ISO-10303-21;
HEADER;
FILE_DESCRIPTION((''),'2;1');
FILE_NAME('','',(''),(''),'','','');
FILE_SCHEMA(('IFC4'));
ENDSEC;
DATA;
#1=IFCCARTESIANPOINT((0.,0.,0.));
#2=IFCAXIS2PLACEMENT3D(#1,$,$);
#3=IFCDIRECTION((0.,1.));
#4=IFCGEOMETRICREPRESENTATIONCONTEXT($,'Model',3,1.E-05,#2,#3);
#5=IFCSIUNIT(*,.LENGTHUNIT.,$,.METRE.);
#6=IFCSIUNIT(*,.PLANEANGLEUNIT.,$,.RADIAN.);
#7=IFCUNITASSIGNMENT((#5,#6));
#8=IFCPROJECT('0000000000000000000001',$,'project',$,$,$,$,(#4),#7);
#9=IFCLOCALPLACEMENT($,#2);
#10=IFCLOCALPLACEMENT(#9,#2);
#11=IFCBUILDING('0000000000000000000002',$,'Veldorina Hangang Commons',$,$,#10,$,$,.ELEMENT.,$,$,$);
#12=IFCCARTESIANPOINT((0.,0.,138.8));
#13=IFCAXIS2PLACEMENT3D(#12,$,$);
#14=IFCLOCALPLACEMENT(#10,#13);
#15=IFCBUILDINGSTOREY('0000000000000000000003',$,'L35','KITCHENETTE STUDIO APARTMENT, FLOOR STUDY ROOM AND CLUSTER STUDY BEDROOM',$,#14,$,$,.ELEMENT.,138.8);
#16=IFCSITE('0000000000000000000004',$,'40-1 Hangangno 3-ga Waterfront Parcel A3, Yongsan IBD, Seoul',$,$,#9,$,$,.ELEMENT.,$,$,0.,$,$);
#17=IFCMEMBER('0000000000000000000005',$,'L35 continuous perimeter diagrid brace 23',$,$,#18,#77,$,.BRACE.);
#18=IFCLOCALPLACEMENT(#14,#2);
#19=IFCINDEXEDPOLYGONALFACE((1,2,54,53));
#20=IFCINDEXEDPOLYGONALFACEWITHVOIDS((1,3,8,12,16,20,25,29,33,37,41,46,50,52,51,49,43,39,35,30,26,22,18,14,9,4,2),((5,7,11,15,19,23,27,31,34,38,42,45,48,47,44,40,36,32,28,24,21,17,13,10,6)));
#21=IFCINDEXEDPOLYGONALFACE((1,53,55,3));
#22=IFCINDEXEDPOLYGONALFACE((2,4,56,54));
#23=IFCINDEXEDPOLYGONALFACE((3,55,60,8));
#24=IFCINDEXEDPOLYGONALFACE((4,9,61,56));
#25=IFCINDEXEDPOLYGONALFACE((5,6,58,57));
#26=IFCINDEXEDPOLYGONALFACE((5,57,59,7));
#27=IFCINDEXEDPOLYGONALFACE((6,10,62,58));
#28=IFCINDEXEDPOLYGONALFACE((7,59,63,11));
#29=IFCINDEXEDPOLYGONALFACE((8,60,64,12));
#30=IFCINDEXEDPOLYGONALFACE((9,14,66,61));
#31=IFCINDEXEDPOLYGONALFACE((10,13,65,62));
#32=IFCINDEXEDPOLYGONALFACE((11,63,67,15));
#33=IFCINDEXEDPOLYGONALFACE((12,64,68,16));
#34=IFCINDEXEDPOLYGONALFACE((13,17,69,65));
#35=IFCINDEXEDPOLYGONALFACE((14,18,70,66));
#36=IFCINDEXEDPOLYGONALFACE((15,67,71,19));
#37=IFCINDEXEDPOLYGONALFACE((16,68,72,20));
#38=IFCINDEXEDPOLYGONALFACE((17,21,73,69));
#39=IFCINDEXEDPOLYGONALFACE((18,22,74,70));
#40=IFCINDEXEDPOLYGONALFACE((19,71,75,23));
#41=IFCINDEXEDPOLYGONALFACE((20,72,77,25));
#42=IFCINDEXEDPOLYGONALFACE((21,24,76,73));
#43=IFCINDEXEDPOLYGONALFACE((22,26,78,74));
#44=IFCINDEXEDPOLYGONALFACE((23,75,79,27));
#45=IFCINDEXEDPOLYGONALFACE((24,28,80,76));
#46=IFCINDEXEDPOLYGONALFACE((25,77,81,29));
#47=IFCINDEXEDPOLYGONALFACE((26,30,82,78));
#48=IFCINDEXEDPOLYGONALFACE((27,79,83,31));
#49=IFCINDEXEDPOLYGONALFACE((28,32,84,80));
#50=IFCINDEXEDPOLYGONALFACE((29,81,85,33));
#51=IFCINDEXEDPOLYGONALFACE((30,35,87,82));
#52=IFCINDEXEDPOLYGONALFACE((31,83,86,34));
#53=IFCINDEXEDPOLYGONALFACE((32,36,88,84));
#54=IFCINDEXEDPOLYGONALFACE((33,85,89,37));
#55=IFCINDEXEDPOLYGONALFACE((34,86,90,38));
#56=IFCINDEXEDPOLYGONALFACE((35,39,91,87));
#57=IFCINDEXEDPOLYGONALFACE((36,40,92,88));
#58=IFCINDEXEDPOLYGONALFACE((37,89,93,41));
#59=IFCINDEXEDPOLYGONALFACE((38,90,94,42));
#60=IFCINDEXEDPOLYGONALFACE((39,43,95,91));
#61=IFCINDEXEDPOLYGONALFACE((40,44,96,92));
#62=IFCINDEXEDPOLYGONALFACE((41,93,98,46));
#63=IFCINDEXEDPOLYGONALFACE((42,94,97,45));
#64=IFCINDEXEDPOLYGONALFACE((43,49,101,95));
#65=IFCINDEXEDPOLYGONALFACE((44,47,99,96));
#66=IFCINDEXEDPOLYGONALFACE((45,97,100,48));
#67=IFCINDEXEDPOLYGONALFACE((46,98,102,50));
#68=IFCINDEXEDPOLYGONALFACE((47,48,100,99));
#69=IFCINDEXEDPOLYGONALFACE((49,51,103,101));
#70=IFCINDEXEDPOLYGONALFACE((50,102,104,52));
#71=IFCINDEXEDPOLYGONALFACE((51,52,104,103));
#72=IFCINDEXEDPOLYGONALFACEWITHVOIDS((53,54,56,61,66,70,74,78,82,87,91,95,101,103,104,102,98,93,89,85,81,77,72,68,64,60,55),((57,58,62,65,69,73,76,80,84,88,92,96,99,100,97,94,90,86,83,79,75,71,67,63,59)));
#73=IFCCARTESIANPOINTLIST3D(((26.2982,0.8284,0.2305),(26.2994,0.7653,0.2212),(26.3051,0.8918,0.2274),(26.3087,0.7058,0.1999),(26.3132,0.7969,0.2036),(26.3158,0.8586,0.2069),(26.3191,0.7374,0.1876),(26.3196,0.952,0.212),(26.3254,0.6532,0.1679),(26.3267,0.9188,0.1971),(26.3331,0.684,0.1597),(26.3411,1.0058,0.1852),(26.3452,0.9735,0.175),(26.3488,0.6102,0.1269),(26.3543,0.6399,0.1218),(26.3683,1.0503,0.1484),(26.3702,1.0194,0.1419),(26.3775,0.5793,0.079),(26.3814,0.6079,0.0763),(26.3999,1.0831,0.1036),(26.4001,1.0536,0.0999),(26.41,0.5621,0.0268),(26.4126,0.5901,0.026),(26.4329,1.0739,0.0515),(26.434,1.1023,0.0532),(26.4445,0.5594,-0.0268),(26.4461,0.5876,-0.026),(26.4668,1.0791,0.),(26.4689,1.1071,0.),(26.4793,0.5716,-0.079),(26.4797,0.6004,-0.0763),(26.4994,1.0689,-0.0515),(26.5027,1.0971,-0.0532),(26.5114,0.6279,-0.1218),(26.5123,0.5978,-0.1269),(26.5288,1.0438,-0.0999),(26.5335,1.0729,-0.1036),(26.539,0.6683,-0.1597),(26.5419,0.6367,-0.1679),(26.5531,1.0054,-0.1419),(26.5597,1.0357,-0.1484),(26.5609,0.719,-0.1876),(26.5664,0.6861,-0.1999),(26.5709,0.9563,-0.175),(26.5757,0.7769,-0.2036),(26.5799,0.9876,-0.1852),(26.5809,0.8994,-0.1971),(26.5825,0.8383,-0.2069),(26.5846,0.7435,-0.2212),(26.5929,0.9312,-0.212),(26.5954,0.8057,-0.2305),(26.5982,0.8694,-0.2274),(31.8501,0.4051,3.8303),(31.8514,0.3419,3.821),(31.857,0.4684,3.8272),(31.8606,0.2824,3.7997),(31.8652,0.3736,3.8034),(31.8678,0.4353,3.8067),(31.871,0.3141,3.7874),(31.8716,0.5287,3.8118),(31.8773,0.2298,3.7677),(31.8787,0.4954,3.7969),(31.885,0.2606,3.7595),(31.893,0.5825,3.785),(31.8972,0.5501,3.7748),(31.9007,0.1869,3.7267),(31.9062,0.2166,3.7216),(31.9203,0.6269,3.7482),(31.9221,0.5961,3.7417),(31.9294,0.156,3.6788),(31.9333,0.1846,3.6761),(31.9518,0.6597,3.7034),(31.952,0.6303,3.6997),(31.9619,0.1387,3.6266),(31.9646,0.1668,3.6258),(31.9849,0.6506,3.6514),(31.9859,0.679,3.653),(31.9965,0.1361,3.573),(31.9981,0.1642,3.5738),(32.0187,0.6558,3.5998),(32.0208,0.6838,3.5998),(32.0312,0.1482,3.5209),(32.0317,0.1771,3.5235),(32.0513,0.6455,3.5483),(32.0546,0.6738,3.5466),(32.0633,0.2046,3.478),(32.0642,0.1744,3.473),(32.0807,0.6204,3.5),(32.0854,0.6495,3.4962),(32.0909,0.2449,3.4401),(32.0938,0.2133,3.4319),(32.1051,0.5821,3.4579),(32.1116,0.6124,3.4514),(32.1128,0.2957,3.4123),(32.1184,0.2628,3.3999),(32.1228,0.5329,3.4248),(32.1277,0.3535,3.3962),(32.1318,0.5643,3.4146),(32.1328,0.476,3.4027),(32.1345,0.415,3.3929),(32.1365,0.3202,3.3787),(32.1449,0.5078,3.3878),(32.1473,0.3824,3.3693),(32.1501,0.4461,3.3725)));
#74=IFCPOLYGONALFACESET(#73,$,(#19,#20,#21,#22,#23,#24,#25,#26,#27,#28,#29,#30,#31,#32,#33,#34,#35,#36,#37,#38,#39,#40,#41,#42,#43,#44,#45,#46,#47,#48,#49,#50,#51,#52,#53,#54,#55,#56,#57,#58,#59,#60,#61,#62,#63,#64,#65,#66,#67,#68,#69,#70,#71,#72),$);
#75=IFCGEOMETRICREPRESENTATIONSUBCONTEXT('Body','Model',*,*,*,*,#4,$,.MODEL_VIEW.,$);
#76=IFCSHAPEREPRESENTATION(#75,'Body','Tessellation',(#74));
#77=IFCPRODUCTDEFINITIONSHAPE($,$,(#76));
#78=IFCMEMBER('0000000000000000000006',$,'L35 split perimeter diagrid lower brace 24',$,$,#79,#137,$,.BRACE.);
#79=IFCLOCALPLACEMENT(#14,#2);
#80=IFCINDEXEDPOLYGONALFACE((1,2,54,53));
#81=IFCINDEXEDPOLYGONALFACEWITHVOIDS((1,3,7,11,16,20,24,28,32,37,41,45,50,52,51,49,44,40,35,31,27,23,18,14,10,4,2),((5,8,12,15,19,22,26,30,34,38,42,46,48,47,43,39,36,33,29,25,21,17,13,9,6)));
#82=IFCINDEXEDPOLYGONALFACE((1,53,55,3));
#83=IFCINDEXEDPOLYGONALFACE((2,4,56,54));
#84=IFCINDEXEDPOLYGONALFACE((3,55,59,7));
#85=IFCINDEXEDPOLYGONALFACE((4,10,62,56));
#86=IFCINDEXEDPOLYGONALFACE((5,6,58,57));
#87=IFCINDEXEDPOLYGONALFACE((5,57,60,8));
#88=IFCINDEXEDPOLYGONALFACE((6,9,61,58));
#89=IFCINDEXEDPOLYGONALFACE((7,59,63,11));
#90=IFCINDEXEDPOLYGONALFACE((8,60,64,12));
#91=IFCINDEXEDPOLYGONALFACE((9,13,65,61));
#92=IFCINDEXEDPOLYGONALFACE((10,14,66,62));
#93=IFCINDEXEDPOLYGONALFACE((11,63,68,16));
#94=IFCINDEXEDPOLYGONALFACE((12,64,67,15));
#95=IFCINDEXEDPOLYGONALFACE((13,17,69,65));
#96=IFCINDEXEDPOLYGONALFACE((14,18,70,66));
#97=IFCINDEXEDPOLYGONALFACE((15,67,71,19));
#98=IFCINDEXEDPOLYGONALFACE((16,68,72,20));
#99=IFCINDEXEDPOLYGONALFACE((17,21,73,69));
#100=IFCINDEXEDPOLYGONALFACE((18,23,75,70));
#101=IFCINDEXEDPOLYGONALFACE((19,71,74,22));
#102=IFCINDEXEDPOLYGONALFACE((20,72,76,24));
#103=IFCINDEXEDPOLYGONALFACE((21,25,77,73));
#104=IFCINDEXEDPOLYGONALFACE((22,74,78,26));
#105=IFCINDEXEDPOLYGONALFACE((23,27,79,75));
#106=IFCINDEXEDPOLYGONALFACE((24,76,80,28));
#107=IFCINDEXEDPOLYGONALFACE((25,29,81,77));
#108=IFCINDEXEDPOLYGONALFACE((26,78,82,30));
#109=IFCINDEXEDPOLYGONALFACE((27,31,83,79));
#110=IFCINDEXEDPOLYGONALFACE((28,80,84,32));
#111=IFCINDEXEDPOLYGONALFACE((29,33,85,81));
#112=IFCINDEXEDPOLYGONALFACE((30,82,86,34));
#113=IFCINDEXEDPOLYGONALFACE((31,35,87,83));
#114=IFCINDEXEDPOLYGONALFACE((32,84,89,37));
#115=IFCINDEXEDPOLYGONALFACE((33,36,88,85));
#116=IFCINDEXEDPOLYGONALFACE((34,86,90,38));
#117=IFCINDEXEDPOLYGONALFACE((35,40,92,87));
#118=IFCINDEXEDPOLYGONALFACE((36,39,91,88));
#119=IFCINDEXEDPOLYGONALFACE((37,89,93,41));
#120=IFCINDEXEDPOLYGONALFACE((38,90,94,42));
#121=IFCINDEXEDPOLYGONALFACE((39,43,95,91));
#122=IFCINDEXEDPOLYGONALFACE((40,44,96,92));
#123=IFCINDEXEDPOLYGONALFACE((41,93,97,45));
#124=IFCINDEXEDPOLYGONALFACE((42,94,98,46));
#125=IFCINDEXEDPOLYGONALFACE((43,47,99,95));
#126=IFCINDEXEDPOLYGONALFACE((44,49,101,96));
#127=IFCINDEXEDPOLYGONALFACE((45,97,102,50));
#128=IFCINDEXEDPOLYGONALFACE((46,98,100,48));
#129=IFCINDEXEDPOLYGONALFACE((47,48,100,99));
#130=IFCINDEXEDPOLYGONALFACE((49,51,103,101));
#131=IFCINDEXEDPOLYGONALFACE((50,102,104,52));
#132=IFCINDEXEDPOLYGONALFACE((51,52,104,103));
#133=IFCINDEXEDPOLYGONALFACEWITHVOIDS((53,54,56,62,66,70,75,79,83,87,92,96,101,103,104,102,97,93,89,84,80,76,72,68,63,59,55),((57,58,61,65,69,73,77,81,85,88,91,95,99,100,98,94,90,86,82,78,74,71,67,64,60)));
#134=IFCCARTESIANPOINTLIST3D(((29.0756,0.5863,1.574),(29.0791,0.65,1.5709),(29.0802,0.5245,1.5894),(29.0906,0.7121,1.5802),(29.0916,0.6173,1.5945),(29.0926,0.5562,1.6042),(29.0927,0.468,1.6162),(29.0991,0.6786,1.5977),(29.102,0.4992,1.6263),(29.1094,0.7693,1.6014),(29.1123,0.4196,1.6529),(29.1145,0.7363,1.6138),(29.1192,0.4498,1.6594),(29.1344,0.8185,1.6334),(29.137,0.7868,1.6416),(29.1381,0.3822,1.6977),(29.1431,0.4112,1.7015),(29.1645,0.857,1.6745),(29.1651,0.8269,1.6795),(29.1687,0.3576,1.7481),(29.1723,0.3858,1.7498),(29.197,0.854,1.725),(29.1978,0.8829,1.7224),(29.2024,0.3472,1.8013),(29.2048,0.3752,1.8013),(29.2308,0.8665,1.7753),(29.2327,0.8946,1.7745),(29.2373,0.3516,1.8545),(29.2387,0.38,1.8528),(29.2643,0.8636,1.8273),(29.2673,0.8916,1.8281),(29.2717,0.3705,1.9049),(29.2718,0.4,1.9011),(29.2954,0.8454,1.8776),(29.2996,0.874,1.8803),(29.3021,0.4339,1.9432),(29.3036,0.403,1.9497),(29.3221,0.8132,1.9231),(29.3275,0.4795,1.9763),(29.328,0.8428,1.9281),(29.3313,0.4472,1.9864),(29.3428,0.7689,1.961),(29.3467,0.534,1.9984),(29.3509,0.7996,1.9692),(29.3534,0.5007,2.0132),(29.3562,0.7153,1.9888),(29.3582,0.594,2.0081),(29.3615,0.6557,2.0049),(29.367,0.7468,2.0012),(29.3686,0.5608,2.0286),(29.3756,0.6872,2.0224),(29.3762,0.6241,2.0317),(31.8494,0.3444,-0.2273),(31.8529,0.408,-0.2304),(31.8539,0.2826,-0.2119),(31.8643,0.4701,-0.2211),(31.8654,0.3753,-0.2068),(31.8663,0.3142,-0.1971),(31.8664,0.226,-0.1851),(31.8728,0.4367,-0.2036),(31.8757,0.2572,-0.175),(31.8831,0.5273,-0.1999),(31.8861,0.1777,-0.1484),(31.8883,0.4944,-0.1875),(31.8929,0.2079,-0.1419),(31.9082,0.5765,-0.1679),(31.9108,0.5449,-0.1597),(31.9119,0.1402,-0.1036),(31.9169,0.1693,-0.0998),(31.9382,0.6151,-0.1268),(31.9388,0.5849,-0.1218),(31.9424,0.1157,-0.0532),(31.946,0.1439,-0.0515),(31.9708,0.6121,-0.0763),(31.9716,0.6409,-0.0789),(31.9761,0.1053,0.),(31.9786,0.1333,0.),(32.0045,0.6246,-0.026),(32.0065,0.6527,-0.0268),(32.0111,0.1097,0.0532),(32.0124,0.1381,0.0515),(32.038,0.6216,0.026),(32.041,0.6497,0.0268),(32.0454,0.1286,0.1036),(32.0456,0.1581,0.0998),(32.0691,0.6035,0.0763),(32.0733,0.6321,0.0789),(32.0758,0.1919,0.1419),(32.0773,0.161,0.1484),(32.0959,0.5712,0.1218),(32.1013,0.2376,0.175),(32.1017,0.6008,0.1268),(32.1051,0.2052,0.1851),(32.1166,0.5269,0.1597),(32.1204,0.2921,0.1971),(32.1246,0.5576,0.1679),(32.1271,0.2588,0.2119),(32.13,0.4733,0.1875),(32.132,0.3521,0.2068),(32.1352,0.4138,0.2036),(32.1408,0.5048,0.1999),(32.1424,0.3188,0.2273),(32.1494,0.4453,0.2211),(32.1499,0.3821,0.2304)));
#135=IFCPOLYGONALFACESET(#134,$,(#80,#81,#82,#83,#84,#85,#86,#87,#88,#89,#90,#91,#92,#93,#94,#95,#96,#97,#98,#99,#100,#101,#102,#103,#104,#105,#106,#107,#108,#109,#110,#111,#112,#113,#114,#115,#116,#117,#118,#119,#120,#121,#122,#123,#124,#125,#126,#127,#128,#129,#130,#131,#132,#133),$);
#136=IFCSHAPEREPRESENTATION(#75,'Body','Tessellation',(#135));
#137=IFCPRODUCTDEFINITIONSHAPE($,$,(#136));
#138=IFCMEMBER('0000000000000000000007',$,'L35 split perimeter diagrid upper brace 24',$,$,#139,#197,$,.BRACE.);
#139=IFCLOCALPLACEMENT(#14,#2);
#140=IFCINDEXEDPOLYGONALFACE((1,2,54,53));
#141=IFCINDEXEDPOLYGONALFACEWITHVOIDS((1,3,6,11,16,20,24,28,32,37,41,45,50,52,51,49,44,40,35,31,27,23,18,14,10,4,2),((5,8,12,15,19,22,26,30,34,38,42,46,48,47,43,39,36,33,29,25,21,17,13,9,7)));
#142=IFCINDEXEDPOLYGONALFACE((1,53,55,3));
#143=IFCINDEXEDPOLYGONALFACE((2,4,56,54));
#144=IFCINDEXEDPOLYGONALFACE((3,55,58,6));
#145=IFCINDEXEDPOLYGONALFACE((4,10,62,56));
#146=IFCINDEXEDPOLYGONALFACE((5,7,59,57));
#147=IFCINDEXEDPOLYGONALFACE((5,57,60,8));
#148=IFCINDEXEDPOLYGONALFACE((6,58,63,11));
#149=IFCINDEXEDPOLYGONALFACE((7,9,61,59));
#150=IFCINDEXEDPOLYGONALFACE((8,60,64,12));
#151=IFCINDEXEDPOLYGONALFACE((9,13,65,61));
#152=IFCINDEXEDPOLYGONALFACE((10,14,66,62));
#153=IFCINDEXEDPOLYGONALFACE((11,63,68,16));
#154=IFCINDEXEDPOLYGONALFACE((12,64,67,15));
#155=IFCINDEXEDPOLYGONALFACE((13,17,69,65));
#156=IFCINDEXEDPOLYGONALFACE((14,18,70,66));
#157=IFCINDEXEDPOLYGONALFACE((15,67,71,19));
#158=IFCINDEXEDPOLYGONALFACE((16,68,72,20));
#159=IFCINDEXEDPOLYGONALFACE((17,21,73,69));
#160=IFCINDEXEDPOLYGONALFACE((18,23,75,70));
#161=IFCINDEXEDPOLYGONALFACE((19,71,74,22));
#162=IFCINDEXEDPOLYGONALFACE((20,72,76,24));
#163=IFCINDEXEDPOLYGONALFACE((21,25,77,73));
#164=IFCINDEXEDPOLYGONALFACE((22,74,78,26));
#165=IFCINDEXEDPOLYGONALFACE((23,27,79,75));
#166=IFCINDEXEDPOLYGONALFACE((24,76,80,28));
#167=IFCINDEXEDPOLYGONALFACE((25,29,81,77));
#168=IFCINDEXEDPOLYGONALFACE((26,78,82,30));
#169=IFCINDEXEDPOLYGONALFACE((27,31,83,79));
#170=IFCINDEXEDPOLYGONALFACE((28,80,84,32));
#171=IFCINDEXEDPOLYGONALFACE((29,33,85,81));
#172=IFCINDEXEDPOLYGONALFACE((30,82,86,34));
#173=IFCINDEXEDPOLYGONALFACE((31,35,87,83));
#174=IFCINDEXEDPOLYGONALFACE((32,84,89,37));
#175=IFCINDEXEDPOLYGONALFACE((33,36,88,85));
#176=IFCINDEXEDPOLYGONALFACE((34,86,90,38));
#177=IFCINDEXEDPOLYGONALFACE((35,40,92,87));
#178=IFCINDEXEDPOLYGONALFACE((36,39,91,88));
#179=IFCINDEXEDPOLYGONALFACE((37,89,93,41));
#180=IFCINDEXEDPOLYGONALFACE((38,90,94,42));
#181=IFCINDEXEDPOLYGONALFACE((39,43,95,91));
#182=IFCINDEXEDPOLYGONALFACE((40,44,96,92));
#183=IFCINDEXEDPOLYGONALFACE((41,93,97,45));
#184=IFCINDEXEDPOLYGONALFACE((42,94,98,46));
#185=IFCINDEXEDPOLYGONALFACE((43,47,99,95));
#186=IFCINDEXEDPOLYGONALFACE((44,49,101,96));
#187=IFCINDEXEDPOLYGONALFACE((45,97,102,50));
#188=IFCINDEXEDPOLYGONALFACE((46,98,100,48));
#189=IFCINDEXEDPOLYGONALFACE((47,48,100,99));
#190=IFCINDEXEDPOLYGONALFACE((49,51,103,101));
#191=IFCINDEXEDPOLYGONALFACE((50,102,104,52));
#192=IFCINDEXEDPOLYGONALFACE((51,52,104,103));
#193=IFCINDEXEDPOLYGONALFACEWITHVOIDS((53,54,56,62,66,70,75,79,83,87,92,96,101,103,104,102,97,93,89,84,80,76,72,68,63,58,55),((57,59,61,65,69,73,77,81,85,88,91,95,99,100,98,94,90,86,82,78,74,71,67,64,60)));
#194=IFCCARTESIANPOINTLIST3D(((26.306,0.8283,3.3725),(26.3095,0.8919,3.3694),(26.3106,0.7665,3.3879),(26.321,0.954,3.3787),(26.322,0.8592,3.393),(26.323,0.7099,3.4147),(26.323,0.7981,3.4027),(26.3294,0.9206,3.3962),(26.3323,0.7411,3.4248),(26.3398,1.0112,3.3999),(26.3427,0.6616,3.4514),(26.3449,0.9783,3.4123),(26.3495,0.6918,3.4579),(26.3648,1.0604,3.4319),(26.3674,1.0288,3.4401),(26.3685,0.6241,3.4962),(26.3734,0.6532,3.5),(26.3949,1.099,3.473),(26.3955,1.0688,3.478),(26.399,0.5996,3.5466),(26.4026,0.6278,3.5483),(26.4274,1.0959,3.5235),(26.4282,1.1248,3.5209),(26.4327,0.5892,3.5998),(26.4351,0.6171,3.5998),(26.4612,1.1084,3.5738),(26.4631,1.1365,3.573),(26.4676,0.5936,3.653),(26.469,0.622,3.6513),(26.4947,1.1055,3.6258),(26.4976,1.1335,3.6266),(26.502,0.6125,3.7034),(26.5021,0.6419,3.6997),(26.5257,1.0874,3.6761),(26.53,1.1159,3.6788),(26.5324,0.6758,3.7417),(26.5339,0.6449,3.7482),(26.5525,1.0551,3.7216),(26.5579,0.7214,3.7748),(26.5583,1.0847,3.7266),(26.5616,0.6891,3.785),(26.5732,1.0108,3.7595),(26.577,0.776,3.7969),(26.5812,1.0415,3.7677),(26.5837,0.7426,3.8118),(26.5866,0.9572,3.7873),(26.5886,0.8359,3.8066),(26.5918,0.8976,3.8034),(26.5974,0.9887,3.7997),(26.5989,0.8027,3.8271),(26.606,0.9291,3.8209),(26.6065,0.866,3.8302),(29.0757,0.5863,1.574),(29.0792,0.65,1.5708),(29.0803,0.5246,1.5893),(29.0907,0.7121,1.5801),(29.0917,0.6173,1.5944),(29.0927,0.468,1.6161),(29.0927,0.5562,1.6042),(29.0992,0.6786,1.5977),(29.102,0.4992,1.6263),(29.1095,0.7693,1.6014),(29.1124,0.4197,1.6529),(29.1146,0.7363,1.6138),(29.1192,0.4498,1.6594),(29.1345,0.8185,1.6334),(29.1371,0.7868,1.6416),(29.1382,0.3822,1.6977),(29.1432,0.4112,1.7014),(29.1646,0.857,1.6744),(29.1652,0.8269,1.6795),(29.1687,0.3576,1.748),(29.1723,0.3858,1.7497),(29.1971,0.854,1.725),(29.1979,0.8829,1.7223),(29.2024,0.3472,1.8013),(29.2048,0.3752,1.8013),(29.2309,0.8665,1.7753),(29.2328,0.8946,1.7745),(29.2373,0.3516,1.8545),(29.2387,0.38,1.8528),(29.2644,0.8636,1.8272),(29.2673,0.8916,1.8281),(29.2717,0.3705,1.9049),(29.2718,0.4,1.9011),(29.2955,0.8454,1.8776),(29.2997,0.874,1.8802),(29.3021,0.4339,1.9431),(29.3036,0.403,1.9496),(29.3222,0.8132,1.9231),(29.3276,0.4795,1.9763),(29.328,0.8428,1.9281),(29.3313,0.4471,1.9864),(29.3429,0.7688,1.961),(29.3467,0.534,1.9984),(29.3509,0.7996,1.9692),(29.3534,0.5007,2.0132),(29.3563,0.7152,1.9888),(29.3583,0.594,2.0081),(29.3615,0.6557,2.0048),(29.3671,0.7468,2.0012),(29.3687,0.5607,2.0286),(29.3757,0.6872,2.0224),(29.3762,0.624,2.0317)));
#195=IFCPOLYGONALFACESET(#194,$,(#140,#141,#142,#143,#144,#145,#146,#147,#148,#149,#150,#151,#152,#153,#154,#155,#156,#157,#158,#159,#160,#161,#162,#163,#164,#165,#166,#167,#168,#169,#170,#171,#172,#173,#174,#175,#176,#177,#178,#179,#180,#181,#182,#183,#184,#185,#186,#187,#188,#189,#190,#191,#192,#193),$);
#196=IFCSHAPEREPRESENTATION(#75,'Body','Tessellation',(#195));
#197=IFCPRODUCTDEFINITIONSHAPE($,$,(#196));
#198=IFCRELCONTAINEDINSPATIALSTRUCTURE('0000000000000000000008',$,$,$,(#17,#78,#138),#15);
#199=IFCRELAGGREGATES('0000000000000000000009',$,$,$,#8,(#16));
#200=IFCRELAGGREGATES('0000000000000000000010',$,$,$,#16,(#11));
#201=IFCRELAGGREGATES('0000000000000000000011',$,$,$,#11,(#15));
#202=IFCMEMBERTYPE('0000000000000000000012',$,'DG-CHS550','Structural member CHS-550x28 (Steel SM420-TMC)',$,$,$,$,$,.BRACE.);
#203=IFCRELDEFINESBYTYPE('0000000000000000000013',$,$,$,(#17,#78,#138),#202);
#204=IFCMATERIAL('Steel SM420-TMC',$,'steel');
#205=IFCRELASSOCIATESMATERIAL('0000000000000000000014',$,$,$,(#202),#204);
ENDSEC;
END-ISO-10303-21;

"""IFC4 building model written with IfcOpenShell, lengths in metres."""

from ifc_helpers import new_model, si_unit, direction, frame, origin, origin_2d, place, context, subcontext, project, spatial, hollow_circle, extrude, material, material_profile, profile_set, type_object, element, save


model = new_model("IFC4")

# Units and contexts
model_context = context("Model", 3, precision=1e-05, world=origin(), true_north=direction((0.0, 1.0)))
body_context = subcontext(model_context, "Body", "Model", "MODEL_VIEW")
ifc_project = project(units=[si_unit("LENGTHUNIT", "METRE"), si_unit("PLANEANGLEUNIT", "RADIAN")], contexts=[model_context])

# Site, building, storey
site_placement = place(None, origin())
site = spatial("IfcSite", under=ifc_project, at=site_placement, Name="40-1 Hangangno 3-ga Waterfront Parcel A3, Yongsan IBD, Seoul", CompositionType="ELEMENT", RefElevation=0.0)
building_placement = place(site_placement, origin())
building = spatial("IfcBuilding", under=site, at=building_placement, Name="Veldorina Hangang Commons", CompositionType="ELEMENT")
storey_placement = place(building_placement, frame((0.0, 0.0, 138.8)))
storey = spatial("IfcBuildingStorey", under=building, at=storey_placement, Name="L35", Description="KITCHENETTE STUDIO APARTMENT, FLOOR STUDY ROOM AND CLUSTER STUDY BEDROOM", CompositionType="ELEMENT", Elevation=138.8)

# Shared definitions
ifc_material_1 = material(Name="Steel SM420-TMC", Category="steel")

# Members
ifc_material_profile_1 = material_profile(ifc_material_1, hollow_circle(Radius=0.2749, WallThickness=0.0281, at=origin_2d()), Name="CHS-550x28")
ifc_profile_set_1 = profile_set([ifc_material_profile_1], Name="Steel SM420-TMC")
member_type_1 = type_object("IfcMemberType", Name="DG-CHS550", Description="Structural member CHS-550x28 (Steel SM420-TMC)", PredefinedType="BRACE", material=ifc_profile_set_1)
member_1_placement = place(storey_placement, frame((26.448, 0.833, 0.0), z_axis=(0.837349, -0.063848, 0.542927), x_axis=(0.076029, 0.997106, 0.0)))
element("IfcMember", 1, at=member_1_placement, inside=storey, type_object=member_type_1, Name="L35 continuous perimeter diagrid brace 23", PredefinedType="BRACE", context=body_context, shape_type="SweptSolid", body=[
    extrude(hollow_circle(Radius=0.2749, WallThickness=0.0281, at=origin_2d()), origin(), (0.0, 0.0, 1.0), 6.6304),
])
member_2_placement = place(storey_placement, frame((32.0, 0.3792, 0.0), z_axis=(-0.836433, 0.072961, 0.543192), x_axis=(-0.086898, -0.996217, 0.0)))
element("IfcMember", 2, at=member_2_placement, inside=storey, type_object=member_type_1, Name="L35 split perimeter diagrid lower brace 24", PredefinedType="BRACE", context=body_context, shape_type="SweptSolid", body=[
    extrude(hollow_circle(Radius=0.2749, WallThickness=0.0281, at=origin_2d()), origin(), (0.0, 0.0, 1.0), 3.3162),
])
member_3_placement = place(storey_placement, frame((29.2263, 0.6211, 1.8013), z_axis=(-0.836447, 0.073065, 0.543156), x_axis=(-0.08702, -0.996207, 0.0)))
element("IfcMember", 3, at=member_3_placement, inside=storey, type_object=member_type_1, Name="L35 split perimeter diagrid upper brace 24", PredefinedType="BRACE", context=body_context, shape_type="SweptSolid", body=[
    extrude(hollow_circle(Radius=0.2749, WallThickness=0.0281, at=origin_2d()), origin(), (0.0, 0.0, 1.0), 3.3113),
])

save(model, "model.ifc")
